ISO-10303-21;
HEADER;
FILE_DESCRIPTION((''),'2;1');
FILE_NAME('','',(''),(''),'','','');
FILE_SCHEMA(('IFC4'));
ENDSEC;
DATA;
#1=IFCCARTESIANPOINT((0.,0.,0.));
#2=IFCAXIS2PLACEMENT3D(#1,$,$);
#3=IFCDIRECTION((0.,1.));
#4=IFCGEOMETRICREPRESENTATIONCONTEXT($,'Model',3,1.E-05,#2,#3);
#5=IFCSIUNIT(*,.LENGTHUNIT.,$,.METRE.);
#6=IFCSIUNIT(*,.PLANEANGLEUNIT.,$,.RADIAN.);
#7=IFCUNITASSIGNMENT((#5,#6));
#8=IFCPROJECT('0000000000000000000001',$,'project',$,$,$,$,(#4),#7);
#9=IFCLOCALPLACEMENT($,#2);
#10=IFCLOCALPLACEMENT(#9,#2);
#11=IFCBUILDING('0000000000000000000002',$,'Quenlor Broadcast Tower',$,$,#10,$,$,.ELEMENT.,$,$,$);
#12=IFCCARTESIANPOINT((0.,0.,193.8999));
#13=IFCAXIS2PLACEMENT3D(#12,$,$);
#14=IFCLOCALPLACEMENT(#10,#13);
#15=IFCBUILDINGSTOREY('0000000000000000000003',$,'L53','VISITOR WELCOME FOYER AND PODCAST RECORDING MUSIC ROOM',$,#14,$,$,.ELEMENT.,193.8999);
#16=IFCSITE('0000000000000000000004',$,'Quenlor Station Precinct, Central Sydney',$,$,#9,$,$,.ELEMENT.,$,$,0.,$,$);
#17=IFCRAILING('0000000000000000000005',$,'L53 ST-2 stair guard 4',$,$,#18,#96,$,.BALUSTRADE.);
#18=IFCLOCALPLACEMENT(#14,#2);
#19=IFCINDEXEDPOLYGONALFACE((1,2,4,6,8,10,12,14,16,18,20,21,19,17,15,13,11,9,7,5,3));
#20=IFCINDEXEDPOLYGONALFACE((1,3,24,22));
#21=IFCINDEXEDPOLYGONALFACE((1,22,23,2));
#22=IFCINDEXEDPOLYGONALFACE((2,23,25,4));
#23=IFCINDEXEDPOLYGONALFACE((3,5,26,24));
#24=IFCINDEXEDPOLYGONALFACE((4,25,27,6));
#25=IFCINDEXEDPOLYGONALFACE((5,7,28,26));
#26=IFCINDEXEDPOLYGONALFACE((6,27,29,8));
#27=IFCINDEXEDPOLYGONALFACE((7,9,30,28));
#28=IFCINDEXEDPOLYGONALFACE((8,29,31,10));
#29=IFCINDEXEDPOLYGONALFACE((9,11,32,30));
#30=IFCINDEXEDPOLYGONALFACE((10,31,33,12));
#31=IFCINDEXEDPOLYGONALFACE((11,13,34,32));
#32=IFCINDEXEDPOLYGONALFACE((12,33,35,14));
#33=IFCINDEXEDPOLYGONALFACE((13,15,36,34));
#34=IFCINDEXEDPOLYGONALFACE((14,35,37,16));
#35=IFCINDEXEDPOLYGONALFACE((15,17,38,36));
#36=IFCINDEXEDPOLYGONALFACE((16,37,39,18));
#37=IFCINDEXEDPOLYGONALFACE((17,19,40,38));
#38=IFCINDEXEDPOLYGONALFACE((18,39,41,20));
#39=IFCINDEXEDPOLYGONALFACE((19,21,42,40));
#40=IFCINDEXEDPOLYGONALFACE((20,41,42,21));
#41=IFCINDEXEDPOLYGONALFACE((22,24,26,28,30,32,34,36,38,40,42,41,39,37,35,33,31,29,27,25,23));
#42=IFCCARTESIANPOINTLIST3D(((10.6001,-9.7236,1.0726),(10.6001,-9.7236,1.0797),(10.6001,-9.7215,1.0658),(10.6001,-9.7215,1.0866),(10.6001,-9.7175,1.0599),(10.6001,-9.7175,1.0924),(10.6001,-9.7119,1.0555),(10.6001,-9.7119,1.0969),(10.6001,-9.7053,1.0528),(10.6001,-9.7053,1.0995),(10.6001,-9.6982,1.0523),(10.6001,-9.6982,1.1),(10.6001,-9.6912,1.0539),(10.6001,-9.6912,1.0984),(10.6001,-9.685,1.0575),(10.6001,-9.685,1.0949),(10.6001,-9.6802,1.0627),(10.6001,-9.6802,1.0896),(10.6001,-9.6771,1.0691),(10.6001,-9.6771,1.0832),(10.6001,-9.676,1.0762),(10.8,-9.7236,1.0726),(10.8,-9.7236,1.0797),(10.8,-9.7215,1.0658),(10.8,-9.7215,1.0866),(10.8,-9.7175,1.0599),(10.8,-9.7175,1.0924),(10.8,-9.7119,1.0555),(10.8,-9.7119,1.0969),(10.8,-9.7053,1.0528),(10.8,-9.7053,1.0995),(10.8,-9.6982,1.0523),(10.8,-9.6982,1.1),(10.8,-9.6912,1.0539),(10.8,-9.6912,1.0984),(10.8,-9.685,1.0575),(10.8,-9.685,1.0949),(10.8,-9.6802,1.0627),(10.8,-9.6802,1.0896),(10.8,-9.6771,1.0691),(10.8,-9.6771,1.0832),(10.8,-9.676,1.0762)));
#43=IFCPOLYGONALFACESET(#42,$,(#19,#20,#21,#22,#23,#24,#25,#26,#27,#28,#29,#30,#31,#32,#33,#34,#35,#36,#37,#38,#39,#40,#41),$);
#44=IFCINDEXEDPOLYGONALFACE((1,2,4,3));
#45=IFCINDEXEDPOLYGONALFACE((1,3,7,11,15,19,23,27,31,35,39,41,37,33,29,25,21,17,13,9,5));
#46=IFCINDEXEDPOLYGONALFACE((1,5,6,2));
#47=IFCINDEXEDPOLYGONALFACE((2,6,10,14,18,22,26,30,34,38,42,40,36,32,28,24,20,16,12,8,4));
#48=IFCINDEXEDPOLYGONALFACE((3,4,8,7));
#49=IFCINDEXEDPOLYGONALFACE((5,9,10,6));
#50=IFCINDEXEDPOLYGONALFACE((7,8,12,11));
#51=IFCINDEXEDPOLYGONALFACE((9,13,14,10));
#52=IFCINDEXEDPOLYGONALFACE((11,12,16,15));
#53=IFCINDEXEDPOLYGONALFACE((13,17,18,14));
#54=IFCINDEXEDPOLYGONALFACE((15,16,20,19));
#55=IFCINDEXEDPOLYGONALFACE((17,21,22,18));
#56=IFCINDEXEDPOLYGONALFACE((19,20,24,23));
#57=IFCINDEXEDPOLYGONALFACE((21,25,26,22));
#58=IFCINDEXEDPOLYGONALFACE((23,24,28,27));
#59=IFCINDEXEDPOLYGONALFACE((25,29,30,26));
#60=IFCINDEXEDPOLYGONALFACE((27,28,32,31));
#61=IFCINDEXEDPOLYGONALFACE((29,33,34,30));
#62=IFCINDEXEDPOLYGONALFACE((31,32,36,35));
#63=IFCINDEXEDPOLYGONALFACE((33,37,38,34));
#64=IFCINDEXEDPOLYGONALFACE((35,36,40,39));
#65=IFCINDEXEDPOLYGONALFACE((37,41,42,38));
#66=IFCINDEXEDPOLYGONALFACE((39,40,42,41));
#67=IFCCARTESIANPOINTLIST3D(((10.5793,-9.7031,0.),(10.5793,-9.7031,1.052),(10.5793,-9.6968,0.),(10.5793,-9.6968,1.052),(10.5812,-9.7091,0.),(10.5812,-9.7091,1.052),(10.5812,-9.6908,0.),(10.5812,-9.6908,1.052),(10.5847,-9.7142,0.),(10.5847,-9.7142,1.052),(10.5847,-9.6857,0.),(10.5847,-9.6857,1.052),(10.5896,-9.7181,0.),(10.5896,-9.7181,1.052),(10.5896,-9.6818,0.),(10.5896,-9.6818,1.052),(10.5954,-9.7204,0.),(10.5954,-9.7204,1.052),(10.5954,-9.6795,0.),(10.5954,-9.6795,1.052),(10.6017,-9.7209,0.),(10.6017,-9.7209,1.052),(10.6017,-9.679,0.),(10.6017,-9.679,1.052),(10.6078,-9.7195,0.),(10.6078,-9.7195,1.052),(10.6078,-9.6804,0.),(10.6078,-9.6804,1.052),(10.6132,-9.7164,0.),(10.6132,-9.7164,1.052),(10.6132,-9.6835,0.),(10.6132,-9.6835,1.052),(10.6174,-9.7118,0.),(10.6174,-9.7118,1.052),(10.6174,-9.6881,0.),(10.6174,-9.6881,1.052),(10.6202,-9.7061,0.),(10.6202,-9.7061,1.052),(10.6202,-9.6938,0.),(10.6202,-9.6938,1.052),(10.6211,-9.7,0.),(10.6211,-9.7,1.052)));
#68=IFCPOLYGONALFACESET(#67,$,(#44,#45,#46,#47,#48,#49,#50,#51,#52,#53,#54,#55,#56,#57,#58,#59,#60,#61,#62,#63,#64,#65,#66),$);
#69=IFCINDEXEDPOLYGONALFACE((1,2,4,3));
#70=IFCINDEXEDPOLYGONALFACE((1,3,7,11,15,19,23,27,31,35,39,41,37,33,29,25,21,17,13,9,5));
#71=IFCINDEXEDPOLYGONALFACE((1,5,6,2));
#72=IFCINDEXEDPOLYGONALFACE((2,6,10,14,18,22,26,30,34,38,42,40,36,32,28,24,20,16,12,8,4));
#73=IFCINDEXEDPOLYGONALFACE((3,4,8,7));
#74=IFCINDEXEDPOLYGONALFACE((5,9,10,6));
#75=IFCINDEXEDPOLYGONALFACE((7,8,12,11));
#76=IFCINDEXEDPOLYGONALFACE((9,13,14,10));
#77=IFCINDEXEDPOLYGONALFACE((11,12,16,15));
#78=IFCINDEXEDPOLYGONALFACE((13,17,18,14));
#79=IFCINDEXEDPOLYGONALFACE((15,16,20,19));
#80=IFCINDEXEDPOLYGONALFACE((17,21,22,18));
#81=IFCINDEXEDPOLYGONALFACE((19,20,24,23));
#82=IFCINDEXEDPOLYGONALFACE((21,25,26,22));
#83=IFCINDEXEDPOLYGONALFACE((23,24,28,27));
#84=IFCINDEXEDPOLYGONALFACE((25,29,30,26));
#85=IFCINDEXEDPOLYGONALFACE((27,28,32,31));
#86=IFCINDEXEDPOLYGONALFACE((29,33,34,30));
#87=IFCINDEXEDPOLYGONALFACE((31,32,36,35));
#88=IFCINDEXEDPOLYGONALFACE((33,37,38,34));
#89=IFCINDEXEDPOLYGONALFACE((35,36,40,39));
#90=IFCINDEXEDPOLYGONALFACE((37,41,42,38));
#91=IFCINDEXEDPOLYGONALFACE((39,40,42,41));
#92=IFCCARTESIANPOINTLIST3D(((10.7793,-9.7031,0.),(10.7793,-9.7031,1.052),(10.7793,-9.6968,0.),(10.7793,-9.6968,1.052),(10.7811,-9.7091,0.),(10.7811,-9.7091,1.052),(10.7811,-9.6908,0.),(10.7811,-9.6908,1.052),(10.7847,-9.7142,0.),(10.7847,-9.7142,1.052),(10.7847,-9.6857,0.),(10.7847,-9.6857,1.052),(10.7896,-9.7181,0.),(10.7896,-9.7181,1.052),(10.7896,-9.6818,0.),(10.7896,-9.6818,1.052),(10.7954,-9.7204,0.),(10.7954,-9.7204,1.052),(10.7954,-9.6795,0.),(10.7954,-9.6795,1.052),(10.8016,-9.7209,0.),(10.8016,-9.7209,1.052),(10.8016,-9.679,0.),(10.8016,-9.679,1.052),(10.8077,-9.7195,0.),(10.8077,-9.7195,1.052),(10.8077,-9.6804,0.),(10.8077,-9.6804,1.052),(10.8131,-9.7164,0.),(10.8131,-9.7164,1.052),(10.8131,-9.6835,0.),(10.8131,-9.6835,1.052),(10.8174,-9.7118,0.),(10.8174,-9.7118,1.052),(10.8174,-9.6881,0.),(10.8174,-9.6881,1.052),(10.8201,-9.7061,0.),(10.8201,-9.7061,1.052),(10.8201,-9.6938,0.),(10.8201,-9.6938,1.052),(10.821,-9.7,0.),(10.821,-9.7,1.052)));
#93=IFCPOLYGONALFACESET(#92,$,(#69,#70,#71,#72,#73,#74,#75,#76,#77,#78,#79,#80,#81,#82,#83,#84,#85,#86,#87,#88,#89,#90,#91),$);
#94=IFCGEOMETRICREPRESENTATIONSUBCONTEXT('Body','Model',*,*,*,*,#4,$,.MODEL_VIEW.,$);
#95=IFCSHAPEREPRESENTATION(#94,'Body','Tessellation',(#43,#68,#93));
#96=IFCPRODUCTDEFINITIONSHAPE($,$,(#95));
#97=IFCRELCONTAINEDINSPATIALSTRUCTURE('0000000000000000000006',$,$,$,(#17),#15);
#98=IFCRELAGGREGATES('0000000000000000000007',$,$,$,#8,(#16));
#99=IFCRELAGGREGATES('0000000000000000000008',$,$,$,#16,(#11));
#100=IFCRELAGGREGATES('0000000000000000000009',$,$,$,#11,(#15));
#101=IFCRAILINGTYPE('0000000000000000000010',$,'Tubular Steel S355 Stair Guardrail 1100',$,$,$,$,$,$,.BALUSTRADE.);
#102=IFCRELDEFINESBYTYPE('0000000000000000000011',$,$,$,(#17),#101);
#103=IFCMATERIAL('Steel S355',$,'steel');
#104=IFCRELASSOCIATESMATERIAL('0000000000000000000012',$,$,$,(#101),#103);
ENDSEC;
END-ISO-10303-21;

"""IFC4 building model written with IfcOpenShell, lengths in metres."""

from ifc_helpers import new_model, si_unit, direction, frame, origin, origin_2d, place, context, subcontext, project, spatial, circle, extrude, material, type_object, element, save


model = new_model("IFC4")

# Units and contexts
model_context = context("Model", 3, precision=1e-05, world=origin(), true_north=direction((0.0, 1.0)))
body_context = subcontext(model_context, "Body", "Model", "MODEL_VIEW")
ifc_project = project(units=[si_unit("LENGTHUNIT", "METRE"), si_unit("PLANEANGLEUNIT", "RADIAN")], contexts=[model_context])

# Site, building, storey
site_placement = place(None, origin())
site = spatial("IfcSite", under=ifc_project, at=site_placement, Name="Quenlor Station Precinct, Central Sydney", CompositionType="ELEMENT", RefElevation=0.0)
building_placement = place(site_placement, origin())
building = spatial("IfcBuilding", under=site, at=building_placement, Name="Quenlor Broadcast Tower", CompositionType="ELEMENT")
storey_placement = place(building_placement, frame((0.0, 0.0, 193.8999)))
storey = spatial("IfcBuildingStorey", under=building, at=storey_placement, Name="L53", Description="VISITOR WELCOME FOYER AND PODCAST RECORDING MUSIC ROOM", CompositionType="ELEMENT", Elevation=193.8999)

# Railing
ifc_material_1 = material(Name="Steel S355", Category="steel")
railing_type = type_object("IfcRailingType", Name="Tubular Steel S355 Stair Guardrail 1100", PredefinedType="BALUSTRADE", material=ifc_material_1)
railing_1_placement = place(storey_placement, frame((10.6001, -9.7, 0.0)))
element("IfcRailing", 1, at=railing_1_placement, inside=storey, type_object=railing_type, Name="L53 ST-2 stair guard 4", PredefinedType="BALUSTRADE", context=body_context, shape_type="SweptSolid", body=[
    extrude(circle(Radius=0.0239, at=origin_2d()), frame((0.0, 0.0, 1.0762), z_axis=(1.0, 0.0, 0.0), x_axis=(0.0, 1.0, 0.0)), (0.0, 0.0, 1.0), 0.2),
    extrude(circle(Radius=0.021, at=origin_2d()), origin(), (0.0, 0.0, 1.0), 1.052),
    extrude(circle(Radius=0.021, at=origin_2d()), frame((0.2, 0.0, 0.0)), (0.0, 0.0, 1.0), 1.052),
])

save(model, "model.ifc")
